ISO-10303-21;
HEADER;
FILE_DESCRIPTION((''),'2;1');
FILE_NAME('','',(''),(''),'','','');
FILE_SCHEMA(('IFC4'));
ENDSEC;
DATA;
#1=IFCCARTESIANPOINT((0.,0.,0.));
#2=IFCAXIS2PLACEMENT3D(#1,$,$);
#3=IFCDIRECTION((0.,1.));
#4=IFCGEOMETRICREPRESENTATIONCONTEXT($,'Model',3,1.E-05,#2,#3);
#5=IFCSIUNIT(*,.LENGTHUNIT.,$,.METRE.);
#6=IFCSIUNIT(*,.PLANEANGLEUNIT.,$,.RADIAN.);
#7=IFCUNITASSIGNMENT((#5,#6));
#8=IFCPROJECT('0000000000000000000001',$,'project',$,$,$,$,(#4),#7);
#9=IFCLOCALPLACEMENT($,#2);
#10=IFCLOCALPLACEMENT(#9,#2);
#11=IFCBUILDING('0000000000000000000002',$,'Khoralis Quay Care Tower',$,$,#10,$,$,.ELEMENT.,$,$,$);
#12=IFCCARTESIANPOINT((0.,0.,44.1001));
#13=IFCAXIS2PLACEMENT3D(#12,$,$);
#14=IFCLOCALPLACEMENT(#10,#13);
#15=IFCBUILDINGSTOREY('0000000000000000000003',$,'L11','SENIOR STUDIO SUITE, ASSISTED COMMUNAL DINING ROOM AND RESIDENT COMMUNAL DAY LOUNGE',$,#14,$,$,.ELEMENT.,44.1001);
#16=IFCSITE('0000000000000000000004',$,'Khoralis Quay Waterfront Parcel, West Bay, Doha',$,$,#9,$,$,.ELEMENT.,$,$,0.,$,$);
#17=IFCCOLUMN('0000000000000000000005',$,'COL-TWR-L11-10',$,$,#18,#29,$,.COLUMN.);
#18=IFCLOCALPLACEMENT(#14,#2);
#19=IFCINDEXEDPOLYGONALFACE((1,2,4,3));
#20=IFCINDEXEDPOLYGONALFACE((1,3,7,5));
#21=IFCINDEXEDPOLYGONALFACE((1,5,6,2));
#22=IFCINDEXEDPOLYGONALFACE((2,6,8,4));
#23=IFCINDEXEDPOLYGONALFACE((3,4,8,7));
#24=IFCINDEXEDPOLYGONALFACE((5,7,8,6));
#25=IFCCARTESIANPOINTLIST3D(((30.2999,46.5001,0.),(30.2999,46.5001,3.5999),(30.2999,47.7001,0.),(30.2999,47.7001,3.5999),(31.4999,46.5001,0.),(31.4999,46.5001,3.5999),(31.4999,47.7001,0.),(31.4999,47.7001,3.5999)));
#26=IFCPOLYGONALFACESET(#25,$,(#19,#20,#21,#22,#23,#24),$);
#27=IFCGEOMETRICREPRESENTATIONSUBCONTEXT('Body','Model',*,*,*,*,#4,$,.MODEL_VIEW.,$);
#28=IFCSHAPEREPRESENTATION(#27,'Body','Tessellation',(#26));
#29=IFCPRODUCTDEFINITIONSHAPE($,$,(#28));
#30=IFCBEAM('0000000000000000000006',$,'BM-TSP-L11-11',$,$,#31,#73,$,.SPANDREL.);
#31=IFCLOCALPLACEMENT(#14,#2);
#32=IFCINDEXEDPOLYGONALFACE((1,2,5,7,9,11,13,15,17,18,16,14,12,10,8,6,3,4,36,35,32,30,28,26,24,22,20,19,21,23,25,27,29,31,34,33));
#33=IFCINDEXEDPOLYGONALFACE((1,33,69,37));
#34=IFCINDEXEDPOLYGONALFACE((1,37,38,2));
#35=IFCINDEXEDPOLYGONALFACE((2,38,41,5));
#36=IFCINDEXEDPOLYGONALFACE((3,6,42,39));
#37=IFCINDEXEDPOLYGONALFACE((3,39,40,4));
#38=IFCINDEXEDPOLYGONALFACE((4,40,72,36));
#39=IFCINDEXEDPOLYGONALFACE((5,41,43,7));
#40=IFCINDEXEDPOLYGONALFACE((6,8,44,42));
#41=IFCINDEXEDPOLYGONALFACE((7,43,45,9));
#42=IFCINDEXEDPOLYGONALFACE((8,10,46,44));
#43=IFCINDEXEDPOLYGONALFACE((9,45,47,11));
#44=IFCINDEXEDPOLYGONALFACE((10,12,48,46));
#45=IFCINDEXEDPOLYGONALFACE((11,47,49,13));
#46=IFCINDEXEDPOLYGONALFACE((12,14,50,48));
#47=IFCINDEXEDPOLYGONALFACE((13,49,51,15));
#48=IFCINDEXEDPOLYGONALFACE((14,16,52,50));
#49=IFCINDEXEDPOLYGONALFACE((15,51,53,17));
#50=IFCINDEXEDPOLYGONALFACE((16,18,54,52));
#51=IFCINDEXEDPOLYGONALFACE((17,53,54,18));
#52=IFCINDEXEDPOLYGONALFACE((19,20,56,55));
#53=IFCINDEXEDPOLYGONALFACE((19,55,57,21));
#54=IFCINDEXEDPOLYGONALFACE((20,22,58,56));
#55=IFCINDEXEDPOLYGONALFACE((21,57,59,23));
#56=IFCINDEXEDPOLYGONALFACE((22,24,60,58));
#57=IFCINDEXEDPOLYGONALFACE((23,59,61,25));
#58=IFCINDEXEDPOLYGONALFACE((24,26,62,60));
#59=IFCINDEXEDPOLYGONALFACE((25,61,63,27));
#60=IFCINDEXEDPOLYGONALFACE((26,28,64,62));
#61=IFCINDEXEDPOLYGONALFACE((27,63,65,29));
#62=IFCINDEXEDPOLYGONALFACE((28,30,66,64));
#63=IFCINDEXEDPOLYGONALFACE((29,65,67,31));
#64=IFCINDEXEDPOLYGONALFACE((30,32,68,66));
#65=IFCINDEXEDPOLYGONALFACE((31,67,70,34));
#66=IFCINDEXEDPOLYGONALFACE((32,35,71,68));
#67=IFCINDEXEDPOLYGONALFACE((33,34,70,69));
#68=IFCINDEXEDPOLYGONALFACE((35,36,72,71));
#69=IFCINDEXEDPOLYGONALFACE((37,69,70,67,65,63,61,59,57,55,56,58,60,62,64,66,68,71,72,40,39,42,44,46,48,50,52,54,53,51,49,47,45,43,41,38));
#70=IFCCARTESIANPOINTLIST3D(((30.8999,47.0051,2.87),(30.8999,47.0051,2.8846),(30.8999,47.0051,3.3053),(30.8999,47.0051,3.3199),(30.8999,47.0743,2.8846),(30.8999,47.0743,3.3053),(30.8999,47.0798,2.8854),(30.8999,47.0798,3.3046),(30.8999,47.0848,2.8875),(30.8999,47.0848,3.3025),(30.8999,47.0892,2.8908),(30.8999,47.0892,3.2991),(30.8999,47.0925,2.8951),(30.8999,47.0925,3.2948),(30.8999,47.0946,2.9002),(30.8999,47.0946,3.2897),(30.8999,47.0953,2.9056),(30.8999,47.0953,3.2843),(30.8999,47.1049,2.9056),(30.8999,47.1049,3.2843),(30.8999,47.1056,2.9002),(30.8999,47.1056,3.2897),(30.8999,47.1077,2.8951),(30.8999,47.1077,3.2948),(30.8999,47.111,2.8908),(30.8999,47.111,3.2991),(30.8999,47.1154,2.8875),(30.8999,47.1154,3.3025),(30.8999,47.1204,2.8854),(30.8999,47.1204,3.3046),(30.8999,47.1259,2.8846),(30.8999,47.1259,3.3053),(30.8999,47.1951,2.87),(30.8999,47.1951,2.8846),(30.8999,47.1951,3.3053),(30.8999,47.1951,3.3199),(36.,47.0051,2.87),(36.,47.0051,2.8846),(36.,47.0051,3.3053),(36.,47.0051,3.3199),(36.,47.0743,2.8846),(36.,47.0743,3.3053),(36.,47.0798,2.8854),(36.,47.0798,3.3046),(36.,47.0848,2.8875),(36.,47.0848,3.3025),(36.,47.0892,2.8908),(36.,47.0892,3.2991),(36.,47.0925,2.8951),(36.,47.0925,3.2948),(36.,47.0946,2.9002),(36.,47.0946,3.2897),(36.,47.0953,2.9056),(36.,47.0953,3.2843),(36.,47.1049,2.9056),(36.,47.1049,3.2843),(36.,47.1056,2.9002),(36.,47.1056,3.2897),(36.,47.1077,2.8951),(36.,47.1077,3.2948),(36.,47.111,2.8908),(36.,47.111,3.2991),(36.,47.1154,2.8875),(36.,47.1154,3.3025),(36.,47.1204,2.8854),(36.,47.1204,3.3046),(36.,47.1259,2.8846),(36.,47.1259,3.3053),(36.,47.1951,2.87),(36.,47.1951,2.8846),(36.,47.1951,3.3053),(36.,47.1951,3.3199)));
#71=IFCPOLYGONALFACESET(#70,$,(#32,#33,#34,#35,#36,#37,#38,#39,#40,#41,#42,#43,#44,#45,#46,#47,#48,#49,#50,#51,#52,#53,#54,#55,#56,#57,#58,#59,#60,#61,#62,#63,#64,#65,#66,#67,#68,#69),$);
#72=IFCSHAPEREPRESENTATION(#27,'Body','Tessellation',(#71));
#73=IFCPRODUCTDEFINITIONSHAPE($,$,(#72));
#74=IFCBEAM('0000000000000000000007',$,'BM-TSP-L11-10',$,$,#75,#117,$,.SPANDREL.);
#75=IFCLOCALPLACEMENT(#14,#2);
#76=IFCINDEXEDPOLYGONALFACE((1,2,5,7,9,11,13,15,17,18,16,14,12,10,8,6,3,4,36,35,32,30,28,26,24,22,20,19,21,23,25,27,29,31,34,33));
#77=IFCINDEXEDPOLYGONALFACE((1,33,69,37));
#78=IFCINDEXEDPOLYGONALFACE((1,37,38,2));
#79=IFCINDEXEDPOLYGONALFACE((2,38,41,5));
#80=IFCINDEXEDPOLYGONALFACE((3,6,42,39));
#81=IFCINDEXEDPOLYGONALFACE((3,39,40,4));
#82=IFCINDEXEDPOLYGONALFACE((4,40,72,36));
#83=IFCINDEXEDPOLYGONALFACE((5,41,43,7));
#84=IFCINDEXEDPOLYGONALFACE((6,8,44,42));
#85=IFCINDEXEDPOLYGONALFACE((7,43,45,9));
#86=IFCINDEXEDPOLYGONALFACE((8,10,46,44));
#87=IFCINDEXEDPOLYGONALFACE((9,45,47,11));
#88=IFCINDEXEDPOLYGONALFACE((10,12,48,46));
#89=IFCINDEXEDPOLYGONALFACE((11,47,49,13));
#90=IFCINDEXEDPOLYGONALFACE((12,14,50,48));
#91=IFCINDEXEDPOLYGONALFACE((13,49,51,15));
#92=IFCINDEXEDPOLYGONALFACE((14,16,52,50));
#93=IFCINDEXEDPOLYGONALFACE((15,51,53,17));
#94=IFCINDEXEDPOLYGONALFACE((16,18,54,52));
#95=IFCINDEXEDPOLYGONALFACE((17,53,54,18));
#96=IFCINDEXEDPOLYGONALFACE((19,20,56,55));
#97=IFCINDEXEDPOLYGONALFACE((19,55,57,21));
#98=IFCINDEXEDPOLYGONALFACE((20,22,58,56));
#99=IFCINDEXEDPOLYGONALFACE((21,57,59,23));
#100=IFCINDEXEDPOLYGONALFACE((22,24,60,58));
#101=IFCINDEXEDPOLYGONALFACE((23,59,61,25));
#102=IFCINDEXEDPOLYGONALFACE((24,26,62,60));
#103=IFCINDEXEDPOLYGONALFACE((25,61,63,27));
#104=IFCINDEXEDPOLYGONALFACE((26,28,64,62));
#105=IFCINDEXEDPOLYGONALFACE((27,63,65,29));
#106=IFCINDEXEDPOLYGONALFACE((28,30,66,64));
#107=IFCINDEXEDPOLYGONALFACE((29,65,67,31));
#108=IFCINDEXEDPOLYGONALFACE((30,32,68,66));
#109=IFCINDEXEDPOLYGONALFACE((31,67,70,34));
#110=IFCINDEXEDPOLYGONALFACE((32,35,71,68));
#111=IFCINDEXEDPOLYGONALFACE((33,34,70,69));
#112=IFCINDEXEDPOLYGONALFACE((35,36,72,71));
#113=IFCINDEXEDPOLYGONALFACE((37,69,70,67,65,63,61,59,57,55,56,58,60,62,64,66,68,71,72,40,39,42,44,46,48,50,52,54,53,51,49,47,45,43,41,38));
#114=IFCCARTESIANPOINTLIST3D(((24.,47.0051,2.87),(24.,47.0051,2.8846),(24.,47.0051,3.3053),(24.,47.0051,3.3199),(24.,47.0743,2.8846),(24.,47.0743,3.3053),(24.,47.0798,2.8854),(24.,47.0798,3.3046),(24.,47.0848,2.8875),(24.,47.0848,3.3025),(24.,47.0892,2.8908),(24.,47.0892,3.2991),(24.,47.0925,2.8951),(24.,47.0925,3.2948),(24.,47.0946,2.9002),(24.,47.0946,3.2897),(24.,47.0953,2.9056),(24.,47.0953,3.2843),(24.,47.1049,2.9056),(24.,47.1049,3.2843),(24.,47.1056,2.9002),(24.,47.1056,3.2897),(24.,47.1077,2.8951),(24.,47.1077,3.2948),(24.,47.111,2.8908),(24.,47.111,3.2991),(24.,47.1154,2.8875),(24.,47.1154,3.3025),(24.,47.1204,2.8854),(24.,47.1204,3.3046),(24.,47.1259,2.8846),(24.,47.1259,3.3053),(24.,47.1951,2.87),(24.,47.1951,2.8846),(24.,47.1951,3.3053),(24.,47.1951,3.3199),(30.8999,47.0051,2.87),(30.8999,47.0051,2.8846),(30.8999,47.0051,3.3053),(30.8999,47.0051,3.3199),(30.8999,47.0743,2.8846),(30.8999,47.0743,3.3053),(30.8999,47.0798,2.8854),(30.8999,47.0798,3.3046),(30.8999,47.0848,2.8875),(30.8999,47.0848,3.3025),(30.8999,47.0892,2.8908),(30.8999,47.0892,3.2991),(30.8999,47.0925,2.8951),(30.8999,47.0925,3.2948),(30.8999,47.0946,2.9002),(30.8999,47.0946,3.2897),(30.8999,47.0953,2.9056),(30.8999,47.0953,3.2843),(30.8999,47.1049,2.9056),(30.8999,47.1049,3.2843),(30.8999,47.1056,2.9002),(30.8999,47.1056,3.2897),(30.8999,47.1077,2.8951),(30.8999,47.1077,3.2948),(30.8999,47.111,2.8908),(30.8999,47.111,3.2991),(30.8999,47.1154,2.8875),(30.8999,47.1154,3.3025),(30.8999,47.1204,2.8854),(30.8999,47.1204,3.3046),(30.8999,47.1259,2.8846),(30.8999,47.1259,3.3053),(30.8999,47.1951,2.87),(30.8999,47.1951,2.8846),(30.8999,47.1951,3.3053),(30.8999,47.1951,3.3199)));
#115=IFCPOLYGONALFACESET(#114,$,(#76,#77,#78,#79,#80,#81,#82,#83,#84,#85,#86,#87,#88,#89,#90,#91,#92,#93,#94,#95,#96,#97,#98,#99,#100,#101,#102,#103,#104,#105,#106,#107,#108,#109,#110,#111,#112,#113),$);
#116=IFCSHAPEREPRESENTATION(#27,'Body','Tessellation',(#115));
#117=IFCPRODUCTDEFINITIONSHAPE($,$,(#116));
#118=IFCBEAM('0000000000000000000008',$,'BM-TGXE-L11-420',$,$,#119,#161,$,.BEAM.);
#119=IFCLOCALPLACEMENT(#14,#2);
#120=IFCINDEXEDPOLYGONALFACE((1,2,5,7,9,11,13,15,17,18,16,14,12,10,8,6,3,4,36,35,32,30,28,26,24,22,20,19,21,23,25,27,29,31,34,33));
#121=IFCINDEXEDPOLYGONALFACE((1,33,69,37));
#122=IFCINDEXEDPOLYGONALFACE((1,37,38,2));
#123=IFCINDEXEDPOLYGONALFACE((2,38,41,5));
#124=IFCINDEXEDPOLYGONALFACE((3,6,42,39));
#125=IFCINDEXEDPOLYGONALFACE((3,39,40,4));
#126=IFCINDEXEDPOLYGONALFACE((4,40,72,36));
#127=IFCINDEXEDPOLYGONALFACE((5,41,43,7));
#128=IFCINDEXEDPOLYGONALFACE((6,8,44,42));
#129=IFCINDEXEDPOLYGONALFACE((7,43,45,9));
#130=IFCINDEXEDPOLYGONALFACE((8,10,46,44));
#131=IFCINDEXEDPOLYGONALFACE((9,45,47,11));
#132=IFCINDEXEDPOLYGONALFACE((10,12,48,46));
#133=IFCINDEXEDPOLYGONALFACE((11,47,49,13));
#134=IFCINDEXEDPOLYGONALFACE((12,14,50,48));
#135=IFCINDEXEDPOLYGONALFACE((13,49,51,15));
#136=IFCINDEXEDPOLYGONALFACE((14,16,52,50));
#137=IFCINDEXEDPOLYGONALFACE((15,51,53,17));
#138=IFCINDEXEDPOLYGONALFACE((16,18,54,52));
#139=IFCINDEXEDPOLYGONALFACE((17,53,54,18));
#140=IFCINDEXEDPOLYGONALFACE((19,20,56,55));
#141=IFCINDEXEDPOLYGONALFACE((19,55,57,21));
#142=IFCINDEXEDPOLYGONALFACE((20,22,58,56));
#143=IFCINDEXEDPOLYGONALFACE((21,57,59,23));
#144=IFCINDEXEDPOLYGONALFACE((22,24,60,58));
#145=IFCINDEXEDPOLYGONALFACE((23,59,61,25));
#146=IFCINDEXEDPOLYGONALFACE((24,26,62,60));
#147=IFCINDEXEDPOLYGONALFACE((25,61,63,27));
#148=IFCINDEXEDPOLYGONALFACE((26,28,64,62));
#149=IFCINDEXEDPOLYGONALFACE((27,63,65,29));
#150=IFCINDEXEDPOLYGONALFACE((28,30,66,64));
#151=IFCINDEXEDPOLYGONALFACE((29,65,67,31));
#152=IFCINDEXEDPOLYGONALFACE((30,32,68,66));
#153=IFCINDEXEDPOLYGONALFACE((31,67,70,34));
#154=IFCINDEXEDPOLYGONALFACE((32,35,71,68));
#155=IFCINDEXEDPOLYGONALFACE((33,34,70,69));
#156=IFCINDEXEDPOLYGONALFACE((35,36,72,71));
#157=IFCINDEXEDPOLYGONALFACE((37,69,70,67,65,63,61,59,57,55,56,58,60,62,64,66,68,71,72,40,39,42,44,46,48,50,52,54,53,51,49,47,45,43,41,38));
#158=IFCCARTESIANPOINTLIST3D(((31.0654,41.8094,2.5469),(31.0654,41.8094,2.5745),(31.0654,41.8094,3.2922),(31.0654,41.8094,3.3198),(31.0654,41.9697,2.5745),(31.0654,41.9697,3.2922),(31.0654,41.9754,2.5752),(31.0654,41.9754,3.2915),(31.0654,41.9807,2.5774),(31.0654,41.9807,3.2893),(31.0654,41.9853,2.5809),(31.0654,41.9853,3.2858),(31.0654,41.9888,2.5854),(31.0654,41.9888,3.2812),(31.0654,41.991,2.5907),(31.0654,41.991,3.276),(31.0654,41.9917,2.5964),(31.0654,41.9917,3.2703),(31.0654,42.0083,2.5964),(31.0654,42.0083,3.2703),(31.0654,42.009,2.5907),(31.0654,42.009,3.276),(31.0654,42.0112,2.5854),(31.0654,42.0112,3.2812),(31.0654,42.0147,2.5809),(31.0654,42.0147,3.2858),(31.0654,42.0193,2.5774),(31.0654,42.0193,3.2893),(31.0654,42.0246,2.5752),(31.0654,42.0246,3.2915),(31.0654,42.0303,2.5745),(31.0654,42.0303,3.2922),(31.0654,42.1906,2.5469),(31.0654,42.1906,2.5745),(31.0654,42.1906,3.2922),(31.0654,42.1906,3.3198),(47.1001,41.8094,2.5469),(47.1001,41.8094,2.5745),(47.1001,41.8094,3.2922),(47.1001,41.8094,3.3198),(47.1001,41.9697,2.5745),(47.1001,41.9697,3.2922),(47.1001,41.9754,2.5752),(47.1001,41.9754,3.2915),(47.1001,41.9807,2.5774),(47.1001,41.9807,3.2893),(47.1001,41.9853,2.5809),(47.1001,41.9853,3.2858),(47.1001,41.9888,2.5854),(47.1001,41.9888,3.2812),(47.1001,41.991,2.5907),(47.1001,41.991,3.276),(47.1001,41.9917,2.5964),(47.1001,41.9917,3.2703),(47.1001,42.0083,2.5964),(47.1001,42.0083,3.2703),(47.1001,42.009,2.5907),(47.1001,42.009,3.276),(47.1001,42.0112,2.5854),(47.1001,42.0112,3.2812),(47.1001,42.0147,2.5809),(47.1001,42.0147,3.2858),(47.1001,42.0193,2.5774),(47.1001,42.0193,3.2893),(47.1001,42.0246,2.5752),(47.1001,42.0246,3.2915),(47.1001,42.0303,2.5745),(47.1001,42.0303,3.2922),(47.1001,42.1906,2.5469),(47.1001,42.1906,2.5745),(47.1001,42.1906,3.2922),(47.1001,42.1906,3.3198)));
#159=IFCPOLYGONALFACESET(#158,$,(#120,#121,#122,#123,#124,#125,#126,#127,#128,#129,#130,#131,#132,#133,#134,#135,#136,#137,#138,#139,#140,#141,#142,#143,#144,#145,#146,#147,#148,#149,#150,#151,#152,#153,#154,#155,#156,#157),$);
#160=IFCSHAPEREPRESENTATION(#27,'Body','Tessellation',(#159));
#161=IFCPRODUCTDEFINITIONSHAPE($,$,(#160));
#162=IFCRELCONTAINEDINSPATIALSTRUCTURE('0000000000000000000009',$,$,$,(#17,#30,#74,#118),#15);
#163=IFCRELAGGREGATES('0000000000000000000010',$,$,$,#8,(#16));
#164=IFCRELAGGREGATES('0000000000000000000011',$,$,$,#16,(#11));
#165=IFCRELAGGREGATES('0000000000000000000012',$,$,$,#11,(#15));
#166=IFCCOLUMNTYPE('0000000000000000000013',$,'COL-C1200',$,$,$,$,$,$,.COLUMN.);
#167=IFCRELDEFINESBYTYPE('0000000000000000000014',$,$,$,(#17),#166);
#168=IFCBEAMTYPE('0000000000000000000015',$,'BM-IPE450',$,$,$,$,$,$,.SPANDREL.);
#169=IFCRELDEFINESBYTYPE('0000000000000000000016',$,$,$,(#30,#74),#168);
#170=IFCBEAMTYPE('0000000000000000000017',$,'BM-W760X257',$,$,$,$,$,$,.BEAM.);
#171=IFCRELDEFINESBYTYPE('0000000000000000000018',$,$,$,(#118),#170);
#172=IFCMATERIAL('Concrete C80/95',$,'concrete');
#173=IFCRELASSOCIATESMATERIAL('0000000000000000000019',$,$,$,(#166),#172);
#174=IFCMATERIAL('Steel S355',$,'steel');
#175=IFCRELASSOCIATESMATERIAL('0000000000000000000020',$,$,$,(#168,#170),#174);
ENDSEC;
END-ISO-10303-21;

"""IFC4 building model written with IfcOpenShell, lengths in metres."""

from ifc_helpers import new_model, si_unit, direction, frame, origin, origin_2d, place, context, subcontext, project, spatial, rectangle, i_section, extrude, source, transform, mapped, material, material_profile, profile_set, type_object, element, save


model = new_model("IFC4")

# Units and contexts
model_context = context("Model", 3, precision=1e-05, world=origin(), true_north=direction((0.0, 1.0)))
body_context = subcontext(model_context, "Body", "Model", "MODEL_VIEW")
ifc_project = project(units=[si_unit("LENGTHUNIT", "METRE"), si_unit("PLANEANGLEUNIT", "RADIAN")], contexts=[model_context])

# Site, building, storey
site_placement = place(None, origin())
site = spatial("IfcSite", under=ifc_project, at=site_placement, Name="Khoralis Quay Waterfront Parcel, West Bay, Doha", CompositionType="ELEMENT", RefElevation=0.0)
building_placement = place(site_placement, origin())
building = spatial("IfcBuilding", under=site, at=building_placement, Name="Khoralis Quay Care Tower", CompositionType="ELEMENT")
storey_placement = place(building_placement, frame((0.0, 0.0, 44.1001)))
storey = spatial("IfcBuildingStorey", under=building, at=storey_placement, Name="L11", Description="SENIOR STUDIO SUITE, ASSISTED COMMUNAL DINING ROOM AND RESIDENT COMMUNAL DAY LOUNGE", CompositionType="ELEMENT", Elevation=44.1001)

# Column
ifc_material_1 = material(Name="Concrete C80/95", Category="concrete")
ifc_material_profile_1 = material_profile(ifc_material_1, rectangle(XDim=1.2, YDim=1.2, at=origin_2d()), Name="Concrete C80/95")
ifc_profile_set_1 = profile_set([ifc_material_profile_1], Name="Concrete C80/95")
column_type = type_object("IfcColumnType", Name="COL-C1200", PredefinedType="COLUMN", material=ifc_profile_set_1)
shared_shape_1 = source(origin(), body_context, "Body", "SweptSolid", [
    extrude(rectangle(XDim=1.2, YDim=1.2, at=origin_2d()), origin(), (0.0, 0.0, 1.0), 3.5999),
])
column_placement = place(storey_placement, frame((30.8999, 47.1001, 0.0), z_axis=(0.0, 0.0, 1.0), x_axis=(1.0, 0.0, 0.0)))
element("IfcColumn", 1, at=column_placement, inside=storey, type_object=column_type, Name="COL-TWR-L11-10", PredefinedType="COLUMN", context=body_context, shape_type="MappedRepresentation", body=[
    mapped(shared_shape_1, transform((0.0, 0.0, 0.0), scale=1.0)),
])

# Beams
ifc_material_2 = material(Name="Steel S355", Category="steel")
ifc_material_profile_2 = material_profile(ifc_material_2, i_section(OverallWidth=0.1899, OverallDepth=0.45, WebThickness=0.0095, FlangeThickness=0.0146, FilletRadius=0.021, at=origin_2d()), Name="Steel S355")
ifc_profile_set_2 = profile_set([ifc_material_profile_2], Name="Steel S355")
beam_type_1 = type_object("IfcBeamType", Name="BM-IPE450", PredefinedType="SPANDREL", material=ifc_profile_set_2)
shared_shape_2 = source(origin(), body_context, "Body", "SweptSolid", [
    extrude(i_section(OverallWidth=0.1899, OverallDepth=0.45, WebThickness=0.0095, FlangeThickness=0.0146, FilletRadius=0.021, at=origin_2d()), origin(), (0.0, 0.0, 1.0), 5.1001),
])
beam_1_placement = place(storey_placement, frame((30.8999, 47.1001, 3.095), z_axis=(1.0, 0.0, 0.0), x_axis=(0.0, 1.0, 0.0)))
element("IfcBeam", 2, at=beam_1_placement, inside=storey, type_object=beam_type_1, Name="BM-TSP-L11-11", PredefinedType="SPANDREL", context=body_context, shape_type="MappedRepresentation", body=[
    mapped(shared_shape_2, transform((0.0, 0.0, 0.0), scale=1.0)),
])
shared_shape_3 = source(origin(), body_context, "Body", "SweptSolid", [
    extrude(i_section(OverallWidth=0.1899, OverallDepth=0.45, WebThickness=0.0095, FlangeThickness=0.0146, FilletRadius=0.021, at=origin_2d()), origin(), (0.0, 0.0, 1.0), 6.8999),
])
beam_2_placement = place(storey_placement, frame((24.0, 47.1001, 3.095), z_axis=(1.0, 0.0, 0.0), x_axis=(0.0, 1.0, 0.0)))
element("IfcBeam", 3, at=beam_2_placement, inside=storey, type_object=beam_type_1, Name="BM-TSP-L11-10", PredefinedType="SPANDREL", context=body_context, shape_type="MappedRepresentation", body=[
    mapped(shared_shape_3, transform((0.0, 0.0, 0.0), scale=1.0)),
])
ifc_material_profile_3 = material_profile(ifc_material_2, i_section(OverallWidth=0.3811, OverallDepth=0.7729, WebThickness=0.0166, FlangeThickness=0.0276, FilletRadius=0.022, at=origin_2d()), Name="Steel S355")
ifc_profile_set_3 = profile_set([ifc_material_profile_3], Name="Steel S355")
beam_type_2 = type_object("IfcBeamType", Name="BM-W760X257", PredefinedType="BEAM", material=ifc_profile_set_3)
shared_shape_4 = source(origin(), body_context, "Body", "SweptSolid", [
    extrude(i_section(OverallWidth=0.3811, OverallDepth=0.7729, WebThickness=0.0166, FlangeThickness=0.0276, FilletRadius=0.022, at=origin_2d()), origin(), (0.0, 0.0, 1.0), 16.0347),
])
beam_3_placement = place(storey_placement, frame((31.0654, 42.0, 2.9333), z_axis=(1.0, 0.0, 0.0), x_axis=(0.0, 1.0, 0.0)))
element("IfcBeam", 4, at=beam_3_placement, inside=storey, type_object=beam_type_2, Name="BM-TGXE-L11-420", PredefinedType="BEAM", context=body_context, shape_type="MappedRepresentation", body=[
    mapped(shared_shape_4, transform((0.0, 0.0, 0.0), scale=1.0)),
])

save(model, "model.ifc")
